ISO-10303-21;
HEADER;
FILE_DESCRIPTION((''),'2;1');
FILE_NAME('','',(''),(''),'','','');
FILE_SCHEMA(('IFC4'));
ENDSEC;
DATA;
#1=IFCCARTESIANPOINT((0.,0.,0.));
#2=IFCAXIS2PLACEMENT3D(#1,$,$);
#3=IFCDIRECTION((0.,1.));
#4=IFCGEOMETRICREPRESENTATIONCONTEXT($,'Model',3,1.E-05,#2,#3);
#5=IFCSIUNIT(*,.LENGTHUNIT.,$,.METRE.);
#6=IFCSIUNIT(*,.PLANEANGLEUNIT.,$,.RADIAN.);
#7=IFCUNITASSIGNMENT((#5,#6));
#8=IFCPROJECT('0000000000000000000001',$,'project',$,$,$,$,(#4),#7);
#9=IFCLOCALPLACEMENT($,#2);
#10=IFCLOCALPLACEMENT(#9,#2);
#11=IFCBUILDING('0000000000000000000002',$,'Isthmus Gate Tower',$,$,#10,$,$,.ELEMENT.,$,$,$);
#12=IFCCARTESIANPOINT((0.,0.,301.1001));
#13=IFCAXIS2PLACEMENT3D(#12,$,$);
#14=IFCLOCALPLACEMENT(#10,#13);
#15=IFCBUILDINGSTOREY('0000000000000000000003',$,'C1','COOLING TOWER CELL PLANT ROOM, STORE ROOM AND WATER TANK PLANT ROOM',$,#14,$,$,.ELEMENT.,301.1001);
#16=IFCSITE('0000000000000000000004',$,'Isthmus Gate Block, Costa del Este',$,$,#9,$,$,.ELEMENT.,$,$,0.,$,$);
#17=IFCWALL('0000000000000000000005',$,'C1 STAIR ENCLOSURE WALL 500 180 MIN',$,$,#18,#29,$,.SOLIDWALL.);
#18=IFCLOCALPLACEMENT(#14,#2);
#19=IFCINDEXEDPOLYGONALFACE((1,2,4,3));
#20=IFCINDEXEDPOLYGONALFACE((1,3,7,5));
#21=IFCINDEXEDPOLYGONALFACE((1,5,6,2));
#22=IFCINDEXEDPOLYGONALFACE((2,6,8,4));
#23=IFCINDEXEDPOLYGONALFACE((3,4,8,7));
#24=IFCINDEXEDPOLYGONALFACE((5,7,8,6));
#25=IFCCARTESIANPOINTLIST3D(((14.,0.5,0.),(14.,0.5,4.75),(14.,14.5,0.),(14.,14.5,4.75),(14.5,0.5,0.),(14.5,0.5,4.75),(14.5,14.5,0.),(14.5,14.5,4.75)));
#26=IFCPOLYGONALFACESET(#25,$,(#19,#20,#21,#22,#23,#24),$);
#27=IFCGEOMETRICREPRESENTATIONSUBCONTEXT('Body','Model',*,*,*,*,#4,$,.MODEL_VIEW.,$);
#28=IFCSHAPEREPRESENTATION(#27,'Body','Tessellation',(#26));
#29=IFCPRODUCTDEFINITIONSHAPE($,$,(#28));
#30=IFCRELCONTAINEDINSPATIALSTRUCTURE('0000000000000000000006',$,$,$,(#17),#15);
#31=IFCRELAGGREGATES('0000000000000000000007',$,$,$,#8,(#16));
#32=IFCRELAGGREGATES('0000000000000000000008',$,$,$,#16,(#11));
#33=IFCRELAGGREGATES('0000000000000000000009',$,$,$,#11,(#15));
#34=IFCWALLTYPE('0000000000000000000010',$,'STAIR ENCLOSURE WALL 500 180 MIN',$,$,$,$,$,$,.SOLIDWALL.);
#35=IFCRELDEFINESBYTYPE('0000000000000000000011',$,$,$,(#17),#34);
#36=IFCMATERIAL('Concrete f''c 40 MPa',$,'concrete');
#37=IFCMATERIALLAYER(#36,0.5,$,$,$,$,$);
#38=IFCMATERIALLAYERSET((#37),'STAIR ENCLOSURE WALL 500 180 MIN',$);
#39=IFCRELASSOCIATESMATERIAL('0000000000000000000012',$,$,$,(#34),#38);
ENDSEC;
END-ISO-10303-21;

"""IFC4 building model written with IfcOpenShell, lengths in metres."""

from ifc_helpers import new_model, si_unit, direction, frame, frame_2d, origin, place, context, subcontext, project, spatial, rectangle, extrude, material, layer, layer_set, type_object, element, save


model = new_model("IFC4")

# Units and contexts
model_context = context("Model", 3, precision=1e-05, world=origin(), true_north=direction((0.0, 1.0)))
body_context = subcontext(model_context, "Body", "Model", "MODEL_VIEW")
ifc_project = project(units=[si_unit("LENGTHUNIT", "METRE"), si_unit("PLANEANGLEUNIT", "RADIAN")], contexts=[model_context])

# Site, building, storey
site_placement = place(None, origin())
site = spatial("IfcSite", under=ifc_project, at=site_placement, Name="Isthmus Gate Block, Costa del Este", CompositionType="ELEMENT", RefElevation=0.0)
building_placement = place(site_placement, origin())
building = spatial("IfcBuilding", under=site, at=building_placement, Name="Isthmus Gate Tower", CompositionType="ELEMENT")
storey_placement = place(building_placement, frame((0.0, 0.0, 301.1001)))
storey = spatial("IfcBuildingStorey", under=building, at=storey_placement, Name="C1", Description="COOLING TOWER CELL PLANT ROOM, STORE ROOM AND WATER TANK PLANT ROOM", CompositionType="ELEMENT", Elevation=301.1001)

# Wall
ifc_material_1 = material(Name="Concrete f'c 40 MPa", Category="concrete")
ifc_layer_1 = layer(ifc_material_1, 0.5)
ifc_layer_set_1 = layer_set([ifc_layer_1], Name="STAIR ENCLOSURE WALL 500 180 MIN")
wall_type_1 = type_object("IfcWallType", Name="STAIR ENCLOSURE WALL 500 180 MIN", PredefinedType="SOLIDWALL", material=ifc_layer_set_1)
wall_1_placement = place(storey_placement, frame((14.25, 0.5, 0.0), z_axis=(0.0, 0.0, 1.0), x_axis=(0.0, 1.0, 0.0)))
element("IfcWall", 1, at=wall_1_placement, inside=storey, type_object=wall_type_1, Name="C1 STAIR ENCLOSURE WALL 500 180 MIN", PredefinedType="SOLIDWALL", context=body_context, shape_type="SweptSolid", body=[
    extrude(rectangle(XDim=14.0, YDim=0.5, at=frame_2d((7.0, 0.0))), origin(), (0.0, 0.0, 1.0), 4.75),
])

save(model, "model.ifc")
